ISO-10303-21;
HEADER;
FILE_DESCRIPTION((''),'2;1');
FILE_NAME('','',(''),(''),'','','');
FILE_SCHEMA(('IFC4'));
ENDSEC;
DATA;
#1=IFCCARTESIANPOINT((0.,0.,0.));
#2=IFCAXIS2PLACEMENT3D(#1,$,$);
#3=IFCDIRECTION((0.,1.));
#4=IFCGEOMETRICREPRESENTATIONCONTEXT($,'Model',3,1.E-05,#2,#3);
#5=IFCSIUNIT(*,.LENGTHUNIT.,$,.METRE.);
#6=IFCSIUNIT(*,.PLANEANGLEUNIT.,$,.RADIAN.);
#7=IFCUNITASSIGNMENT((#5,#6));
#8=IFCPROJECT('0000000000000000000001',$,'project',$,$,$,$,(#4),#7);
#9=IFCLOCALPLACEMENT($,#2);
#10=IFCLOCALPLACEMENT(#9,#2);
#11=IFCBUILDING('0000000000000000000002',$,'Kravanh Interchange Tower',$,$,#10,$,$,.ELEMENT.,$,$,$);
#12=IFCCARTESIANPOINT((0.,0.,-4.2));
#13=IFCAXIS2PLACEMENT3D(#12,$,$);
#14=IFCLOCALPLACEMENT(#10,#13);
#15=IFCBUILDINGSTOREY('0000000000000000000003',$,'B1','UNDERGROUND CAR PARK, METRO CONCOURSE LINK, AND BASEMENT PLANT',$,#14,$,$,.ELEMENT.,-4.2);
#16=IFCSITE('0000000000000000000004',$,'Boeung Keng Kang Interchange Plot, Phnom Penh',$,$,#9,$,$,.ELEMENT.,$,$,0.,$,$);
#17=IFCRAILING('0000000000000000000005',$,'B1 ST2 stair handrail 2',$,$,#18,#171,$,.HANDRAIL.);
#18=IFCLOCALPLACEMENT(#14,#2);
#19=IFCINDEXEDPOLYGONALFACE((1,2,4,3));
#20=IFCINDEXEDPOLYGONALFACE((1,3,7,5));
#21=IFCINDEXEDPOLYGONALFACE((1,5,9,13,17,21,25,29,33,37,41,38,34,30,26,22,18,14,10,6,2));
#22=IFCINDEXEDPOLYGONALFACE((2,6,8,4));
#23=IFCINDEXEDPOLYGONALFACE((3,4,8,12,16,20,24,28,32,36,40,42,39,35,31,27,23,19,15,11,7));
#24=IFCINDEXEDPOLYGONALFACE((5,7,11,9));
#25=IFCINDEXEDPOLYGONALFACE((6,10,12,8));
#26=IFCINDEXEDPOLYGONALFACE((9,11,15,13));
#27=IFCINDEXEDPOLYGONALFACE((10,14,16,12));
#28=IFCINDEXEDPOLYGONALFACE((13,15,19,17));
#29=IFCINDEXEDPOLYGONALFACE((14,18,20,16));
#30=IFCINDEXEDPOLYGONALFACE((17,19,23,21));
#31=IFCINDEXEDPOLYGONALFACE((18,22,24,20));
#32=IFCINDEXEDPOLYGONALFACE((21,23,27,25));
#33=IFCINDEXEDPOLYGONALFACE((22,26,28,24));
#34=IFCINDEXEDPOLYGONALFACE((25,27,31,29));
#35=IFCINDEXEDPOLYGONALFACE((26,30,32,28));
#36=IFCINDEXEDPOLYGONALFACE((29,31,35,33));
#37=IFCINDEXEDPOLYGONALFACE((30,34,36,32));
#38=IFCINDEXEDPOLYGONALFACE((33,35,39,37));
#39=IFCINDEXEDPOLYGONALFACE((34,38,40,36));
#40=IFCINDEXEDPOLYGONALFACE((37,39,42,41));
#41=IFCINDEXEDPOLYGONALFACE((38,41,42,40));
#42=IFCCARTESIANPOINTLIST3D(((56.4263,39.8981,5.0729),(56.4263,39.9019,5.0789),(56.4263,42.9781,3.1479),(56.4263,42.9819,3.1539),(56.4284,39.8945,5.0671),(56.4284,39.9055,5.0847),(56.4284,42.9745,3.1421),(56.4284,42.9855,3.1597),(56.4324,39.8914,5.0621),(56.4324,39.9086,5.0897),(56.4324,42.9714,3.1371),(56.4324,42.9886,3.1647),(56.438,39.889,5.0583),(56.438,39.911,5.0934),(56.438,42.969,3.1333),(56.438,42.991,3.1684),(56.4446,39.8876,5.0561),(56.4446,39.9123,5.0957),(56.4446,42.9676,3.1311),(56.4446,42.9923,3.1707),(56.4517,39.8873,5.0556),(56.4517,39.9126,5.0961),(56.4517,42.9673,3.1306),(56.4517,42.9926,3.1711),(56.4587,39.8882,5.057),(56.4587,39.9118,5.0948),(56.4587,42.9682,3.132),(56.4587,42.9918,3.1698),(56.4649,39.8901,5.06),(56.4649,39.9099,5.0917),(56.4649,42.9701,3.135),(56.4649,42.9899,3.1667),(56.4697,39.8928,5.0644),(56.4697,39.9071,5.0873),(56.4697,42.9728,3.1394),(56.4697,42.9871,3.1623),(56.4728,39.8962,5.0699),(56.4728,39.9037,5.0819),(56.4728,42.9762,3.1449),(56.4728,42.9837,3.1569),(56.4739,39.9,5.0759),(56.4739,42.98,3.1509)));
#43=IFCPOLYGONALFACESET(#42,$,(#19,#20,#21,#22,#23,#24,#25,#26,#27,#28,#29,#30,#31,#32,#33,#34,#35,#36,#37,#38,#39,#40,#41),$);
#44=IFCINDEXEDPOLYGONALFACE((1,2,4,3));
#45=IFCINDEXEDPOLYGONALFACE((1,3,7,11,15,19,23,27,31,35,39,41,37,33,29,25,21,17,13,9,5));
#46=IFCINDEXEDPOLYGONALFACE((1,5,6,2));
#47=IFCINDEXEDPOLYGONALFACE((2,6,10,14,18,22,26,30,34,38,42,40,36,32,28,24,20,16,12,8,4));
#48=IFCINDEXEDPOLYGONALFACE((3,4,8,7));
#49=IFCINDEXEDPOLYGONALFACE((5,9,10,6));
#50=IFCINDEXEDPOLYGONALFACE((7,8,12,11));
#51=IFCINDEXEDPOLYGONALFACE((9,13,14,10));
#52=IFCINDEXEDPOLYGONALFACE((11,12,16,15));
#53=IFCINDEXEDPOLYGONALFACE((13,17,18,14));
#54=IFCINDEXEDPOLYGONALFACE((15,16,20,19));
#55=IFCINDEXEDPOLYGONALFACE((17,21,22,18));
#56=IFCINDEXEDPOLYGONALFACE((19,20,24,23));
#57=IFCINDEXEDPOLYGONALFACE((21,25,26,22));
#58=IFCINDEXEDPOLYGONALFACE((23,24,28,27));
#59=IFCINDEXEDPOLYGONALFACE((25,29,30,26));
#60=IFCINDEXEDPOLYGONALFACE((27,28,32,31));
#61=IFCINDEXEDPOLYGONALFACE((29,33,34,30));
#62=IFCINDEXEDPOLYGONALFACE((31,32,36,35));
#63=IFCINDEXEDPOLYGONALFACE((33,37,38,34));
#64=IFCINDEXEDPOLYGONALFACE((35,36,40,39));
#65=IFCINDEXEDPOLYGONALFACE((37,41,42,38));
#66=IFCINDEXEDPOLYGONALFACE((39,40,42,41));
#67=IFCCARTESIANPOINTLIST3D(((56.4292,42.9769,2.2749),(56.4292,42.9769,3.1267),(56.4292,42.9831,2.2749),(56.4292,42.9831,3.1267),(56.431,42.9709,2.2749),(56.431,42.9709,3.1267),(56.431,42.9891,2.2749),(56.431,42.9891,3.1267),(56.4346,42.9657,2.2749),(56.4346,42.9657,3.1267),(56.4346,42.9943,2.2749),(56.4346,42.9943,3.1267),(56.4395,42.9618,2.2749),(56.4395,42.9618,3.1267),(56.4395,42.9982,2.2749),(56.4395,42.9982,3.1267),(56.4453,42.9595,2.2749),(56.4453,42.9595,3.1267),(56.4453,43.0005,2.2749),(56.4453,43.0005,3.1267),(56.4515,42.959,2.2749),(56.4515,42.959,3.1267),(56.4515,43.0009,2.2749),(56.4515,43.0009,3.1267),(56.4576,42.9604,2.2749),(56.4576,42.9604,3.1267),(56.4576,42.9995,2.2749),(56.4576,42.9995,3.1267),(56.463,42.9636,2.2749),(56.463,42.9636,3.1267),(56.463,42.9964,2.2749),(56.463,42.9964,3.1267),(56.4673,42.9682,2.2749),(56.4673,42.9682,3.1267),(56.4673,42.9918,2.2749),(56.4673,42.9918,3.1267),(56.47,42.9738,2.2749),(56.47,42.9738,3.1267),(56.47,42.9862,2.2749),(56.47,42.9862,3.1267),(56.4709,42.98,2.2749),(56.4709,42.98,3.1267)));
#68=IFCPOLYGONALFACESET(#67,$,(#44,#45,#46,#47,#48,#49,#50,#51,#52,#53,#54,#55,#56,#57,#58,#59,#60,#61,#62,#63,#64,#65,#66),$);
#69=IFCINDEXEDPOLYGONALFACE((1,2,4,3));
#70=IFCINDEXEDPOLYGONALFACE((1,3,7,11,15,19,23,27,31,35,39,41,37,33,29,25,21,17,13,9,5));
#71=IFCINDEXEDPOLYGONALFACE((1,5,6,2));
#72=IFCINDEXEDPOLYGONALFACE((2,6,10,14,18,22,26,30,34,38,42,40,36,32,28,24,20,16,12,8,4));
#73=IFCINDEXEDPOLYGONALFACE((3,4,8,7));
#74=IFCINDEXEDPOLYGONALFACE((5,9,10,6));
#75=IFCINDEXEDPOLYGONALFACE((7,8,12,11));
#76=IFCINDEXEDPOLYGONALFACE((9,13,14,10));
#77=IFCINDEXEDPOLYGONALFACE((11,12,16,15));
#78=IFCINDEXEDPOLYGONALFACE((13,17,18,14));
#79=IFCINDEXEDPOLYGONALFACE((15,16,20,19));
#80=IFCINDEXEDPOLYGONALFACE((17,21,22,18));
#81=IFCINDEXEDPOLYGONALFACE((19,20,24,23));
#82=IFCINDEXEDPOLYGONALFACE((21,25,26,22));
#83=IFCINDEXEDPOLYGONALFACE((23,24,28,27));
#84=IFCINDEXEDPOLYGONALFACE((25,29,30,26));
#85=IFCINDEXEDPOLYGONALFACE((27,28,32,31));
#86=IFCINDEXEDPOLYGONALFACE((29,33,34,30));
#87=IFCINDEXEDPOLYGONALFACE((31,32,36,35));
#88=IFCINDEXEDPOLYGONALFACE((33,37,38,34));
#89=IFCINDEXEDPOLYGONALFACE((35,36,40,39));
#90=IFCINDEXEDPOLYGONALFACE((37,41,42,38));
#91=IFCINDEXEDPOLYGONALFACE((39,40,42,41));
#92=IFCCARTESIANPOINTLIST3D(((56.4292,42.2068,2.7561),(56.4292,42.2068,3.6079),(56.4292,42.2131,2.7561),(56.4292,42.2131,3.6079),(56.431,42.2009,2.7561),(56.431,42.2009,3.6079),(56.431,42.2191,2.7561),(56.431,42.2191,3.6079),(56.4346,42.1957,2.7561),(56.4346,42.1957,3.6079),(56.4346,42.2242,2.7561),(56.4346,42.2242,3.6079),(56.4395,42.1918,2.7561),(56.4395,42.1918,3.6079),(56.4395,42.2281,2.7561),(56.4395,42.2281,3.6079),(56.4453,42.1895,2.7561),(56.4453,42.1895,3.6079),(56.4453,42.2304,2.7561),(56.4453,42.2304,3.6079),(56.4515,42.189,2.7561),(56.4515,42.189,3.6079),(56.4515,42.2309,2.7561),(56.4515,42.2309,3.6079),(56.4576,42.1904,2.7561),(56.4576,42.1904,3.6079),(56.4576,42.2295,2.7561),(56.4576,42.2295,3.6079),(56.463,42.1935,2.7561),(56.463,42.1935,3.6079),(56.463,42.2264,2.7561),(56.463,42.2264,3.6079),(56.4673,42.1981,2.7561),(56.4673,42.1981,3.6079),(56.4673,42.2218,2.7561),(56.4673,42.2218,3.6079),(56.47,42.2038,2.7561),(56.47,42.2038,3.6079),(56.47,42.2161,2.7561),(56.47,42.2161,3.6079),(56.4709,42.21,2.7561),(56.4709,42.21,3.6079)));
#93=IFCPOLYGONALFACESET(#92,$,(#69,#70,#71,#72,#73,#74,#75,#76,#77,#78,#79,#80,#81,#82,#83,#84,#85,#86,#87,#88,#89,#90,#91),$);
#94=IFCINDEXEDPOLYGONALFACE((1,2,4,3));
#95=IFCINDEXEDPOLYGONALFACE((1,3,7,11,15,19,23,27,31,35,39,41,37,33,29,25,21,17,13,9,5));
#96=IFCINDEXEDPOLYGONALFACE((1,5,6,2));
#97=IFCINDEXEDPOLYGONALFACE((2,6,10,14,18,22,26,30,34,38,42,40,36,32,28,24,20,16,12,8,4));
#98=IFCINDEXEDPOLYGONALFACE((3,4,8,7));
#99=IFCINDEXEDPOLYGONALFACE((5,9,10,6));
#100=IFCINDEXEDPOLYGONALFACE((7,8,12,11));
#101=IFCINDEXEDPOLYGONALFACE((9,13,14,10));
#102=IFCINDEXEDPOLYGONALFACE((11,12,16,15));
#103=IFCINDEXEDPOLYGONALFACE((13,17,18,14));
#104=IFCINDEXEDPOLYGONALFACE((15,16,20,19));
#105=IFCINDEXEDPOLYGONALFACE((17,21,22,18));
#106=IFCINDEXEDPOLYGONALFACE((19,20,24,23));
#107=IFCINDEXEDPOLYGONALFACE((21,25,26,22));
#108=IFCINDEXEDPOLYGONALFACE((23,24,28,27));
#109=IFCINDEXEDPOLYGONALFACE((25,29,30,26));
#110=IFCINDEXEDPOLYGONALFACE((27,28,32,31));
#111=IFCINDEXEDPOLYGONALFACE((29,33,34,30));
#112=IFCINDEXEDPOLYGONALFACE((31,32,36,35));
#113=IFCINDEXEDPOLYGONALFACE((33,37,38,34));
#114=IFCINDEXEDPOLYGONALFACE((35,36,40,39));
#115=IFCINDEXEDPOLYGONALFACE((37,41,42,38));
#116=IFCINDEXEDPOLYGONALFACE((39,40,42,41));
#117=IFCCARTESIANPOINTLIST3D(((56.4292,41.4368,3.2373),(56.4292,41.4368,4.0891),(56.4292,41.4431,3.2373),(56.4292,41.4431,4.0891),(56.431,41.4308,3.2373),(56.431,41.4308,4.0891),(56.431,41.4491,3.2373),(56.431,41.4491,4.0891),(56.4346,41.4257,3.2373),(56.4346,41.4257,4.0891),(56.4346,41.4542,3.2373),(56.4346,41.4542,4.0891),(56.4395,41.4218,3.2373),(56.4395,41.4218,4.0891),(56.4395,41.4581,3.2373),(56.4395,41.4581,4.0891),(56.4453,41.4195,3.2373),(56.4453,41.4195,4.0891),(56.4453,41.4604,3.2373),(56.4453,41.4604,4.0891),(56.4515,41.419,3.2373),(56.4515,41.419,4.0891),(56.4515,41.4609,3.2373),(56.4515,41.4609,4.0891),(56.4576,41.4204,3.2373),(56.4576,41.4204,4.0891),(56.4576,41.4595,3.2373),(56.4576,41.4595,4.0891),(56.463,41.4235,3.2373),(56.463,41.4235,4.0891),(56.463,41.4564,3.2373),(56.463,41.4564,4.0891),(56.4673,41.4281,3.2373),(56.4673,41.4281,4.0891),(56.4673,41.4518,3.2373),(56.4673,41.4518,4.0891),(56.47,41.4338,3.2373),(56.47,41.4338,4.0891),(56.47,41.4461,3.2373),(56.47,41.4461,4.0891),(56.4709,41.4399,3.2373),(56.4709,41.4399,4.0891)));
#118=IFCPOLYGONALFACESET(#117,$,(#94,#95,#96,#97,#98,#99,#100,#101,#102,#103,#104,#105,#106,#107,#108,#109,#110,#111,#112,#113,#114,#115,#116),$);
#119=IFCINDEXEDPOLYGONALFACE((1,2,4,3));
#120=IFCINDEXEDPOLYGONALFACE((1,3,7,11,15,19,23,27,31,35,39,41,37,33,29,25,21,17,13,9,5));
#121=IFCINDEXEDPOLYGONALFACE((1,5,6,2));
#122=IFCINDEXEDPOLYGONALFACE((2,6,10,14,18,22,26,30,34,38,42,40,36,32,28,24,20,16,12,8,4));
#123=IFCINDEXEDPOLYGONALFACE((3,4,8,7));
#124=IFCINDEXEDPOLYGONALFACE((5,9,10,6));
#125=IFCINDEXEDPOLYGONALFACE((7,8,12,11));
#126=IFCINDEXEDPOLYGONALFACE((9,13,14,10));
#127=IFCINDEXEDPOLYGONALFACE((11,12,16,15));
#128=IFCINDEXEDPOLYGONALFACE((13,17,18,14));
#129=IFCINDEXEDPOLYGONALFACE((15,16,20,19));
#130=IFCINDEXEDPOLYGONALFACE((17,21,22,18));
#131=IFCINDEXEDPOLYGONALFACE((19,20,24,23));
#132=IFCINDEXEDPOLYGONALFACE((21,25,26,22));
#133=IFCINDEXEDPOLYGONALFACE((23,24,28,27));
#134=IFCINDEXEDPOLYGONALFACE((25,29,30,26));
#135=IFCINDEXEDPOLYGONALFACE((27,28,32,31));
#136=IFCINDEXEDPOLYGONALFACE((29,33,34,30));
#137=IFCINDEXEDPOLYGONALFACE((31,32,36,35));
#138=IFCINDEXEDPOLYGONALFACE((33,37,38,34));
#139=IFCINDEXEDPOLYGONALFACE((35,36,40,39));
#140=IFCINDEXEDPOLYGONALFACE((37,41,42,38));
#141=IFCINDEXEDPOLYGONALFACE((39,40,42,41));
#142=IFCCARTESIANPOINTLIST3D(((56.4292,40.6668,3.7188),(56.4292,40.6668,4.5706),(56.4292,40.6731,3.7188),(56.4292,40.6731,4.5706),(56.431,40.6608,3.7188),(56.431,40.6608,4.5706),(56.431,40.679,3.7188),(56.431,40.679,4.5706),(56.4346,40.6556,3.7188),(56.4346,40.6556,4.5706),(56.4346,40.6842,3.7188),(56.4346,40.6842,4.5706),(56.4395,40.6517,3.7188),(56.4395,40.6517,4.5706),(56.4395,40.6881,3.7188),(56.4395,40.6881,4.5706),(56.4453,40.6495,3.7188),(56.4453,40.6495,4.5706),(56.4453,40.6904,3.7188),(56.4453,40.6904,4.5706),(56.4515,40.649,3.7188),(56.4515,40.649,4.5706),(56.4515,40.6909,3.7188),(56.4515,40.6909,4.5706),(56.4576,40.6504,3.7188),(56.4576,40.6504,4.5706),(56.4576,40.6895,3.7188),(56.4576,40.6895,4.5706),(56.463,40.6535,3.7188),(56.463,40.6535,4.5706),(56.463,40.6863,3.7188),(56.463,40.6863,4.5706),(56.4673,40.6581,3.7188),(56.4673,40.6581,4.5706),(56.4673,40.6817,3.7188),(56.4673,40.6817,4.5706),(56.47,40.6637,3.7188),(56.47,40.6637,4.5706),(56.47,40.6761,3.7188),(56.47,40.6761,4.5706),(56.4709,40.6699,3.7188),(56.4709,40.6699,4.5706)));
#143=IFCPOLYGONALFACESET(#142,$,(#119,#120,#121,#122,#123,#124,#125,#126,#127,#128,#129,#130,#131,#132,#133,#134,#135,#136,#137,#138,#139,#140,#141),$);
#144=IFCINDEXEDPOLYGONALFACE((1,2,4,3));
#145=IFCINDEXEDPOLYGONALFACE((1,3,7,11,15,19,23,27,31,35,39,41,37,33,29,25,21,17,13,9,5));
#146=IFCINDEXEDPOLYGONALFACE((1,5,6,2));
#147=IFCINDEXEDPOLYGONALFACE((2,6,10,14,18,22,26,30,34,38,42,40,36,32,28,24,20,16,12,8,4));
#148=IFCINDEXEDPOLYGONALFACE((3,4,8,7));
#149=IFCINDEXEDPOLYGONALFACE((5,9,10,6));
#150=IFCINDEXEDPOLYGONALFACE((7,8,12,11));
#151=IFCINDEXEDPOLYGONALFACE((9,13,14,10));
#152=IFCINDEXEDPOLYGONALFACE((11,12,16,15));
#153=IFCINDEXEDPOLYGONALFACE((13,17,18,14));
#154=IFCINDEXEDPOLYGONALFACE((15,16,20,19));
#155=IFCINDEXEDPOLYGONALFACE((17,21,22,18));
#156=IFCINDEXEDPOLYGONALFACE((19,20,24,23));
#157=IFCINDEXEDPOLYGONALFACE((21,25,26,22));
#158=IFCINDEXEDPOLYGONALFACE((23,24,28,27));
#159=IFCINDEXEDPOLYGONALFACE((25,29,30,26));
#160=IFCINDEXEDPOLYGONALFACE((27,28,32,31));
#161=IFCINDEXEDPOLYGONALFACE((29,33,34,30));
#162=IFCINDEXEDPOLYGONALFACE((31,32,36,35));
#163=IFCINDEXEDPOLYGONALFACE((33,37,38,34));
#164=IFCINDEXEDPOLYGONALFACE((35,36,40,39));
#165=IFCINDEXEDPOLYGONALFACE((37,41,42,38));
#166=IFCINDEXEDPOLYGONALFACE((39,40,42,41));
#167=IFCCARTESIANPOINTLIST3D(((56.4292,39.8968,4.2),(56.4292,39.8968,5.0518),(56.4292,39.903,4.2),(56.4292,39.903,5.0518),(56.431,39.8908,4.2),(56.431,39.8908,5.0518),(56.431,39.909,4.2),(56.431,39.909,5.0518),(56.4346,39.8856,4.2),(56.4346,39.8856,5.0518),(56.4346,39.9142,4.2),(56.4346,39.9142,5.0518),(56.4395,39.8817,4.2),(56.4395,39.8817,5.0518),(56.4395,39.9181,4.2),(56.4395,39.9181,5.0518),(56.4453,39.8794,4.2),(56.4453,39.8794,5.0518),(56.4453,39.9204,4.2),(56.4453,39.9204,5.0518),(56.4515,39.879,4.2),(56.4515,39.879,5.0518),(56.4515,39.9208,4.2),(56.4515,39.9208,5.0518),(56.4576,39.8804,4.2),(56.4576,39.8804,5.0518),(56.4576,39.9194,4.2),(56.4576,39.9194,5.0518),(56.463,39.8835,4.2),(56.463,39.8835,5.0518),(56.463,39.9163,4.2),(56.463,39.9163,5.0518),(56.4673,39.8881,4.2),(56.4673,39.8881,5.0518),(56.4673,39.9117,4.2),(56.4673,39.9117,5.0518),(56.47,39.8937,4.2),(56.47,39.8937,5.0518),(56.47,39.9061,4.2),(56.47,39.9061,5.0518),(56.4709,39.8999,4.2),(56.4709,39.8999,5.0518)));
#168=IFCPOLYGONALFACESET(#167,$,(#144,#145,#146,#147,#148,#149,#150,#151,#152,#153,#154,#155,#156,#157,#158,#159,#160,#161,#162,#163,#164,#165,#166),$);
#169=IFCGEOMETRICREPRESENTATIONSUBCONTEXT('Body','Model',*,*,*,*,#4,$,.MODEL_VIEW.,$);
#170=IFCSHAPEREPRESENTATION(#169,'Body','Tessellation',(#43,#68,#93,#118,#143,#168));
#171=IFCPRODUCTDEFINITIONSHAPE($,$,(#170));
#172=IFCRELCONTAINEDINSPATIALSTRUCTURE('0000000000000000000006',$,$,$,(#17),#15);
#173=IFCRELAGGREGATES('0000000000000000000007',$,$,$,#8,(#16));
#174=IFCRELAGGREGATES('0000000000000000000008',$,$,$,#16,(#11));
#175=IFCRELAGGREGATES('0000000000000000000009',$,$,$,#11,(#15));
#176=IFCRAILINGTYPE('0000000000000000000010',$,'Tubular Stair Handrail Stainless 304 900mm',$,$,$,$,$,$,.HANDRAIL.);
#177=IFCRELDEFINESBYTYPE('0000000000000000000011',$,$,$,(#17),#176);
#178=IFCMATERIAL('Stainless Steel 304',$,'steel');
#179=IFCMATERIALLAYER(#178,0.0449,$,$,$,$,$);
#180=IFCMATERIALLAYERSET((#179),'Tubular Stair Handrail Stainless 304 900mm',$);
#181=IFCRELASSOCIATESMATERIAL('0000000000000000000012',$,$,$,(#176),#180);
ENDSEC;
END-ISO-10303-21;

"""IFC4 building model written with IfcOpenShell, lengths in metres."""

from ifc_helpers import new_model, si_unit, direction, frame, origin, origin_2d, place, context, subcontext, project, spatial, circle, extrude, material, layer, layer_set, type_object, element, save


model = new_model("IFC4")

# Units and contexts
model_context = context("Model", 3, precision=1e-05, world=origin(), true_north=direction((0.0, 1.0)))
body_context = subcontext(model_context, "Body", "Model", "MODEL_VIEW")
ifc_project = project(units=[si_unit("LENGTHUNIT", "METRE"), si_unit("PLANEANGLEUNIT", "RADIAN")], contexts=[model_context])

# Site, building, storey
site_placement = place(None, origin())
site = spatial("IfcSite", under=ifc_project, at=site_placement, Name="Boeung Keng Kang Interchange Plot, Phnom Penh", CompositionType="ELEMENT", RefElevation=0.0)
building_placement = place(site_placement, origin())
building = spatial("IfcBuilding", under=site, at=building_placement, Name="Kravanh Interchange Tower", CompositionType="ELEMENT")
storey_placement = place(building_placement, frame((0.0, 0.0, -4.2)))
storey = spatial("IfcBuildingStorey", under=building, at=storey_placement, Name="B1", Description="UNDERGROUND CAR PARK, METRO CONCOURSE LINK, AND BASEMENT PLANT", CompositionType="ELEMENT", Elevation=-4.2)

# Railing
ifc_material_1 = material(Name="Stainless Steel 304", Category="steel")
ifc_layer_1 = layer(ifc_material_1, 0.0449)
ifc_layer_set_1 = layer_set([ifc_layer_1], Name="Tubular Stair Handrail Stainless 304 900mm")
railing_type_1 = type_object("IfcRailingType", Name="Tubular Stair Handrail Stainless 304 900mm", PredefinedType="HANDRAIL", material=ifc_layer_set_1)
railing_1_placement = place(storey_placement, frame((56.45, 42.98, 2.2749)))
element("IfcRailing", 1, at=railing_1_placement, inside=storey, type_object=railing_type_1, Name="B1 ST2 stair handrail 2", PredefinedType="HANDRAIL", context=body_context, shape_type="SweptSolid", body=[
    extrude(circle(Radius=0.0239, at=origin_2d()), frame((0.0, 0.0, 0.876), z_axis=(0.0, -0.847998, 0.529999), x_axis=(1.0, 0.0, 0.0)), (0.0, 0.0, 1.0), 3.6321),
    extrude(circle(Radius=0.021, at=origin_2d()), origin(), (0.0, 0.0, 1.0), 0.8518),
    extrude(circle(Radius=0.021, at=origin_2d()), frame((0.0, -0.77, 0.4812)), (0.0, 0.0, 1.0), 0.8518),
    extrude(circle(Radius=0.021, at=origin_2d()), frame((0.0, -1.54, 0.9624)), (0.0, 0.0, 1.0), 0.8518),
    extrude(circle(Radius=0.021, at=origin_2d()), frame((0.0, -2.3101, 1.4438)), (0.0, 0.0, 1.0), 0.8518),
    extrude(circle(Radius=0.021, at=origin_2d()), frame((0.0, -3.0801, 1.925)), (0.0, 0.0, 1.0), 0.8518),
])

save(model, "model.ifc")
